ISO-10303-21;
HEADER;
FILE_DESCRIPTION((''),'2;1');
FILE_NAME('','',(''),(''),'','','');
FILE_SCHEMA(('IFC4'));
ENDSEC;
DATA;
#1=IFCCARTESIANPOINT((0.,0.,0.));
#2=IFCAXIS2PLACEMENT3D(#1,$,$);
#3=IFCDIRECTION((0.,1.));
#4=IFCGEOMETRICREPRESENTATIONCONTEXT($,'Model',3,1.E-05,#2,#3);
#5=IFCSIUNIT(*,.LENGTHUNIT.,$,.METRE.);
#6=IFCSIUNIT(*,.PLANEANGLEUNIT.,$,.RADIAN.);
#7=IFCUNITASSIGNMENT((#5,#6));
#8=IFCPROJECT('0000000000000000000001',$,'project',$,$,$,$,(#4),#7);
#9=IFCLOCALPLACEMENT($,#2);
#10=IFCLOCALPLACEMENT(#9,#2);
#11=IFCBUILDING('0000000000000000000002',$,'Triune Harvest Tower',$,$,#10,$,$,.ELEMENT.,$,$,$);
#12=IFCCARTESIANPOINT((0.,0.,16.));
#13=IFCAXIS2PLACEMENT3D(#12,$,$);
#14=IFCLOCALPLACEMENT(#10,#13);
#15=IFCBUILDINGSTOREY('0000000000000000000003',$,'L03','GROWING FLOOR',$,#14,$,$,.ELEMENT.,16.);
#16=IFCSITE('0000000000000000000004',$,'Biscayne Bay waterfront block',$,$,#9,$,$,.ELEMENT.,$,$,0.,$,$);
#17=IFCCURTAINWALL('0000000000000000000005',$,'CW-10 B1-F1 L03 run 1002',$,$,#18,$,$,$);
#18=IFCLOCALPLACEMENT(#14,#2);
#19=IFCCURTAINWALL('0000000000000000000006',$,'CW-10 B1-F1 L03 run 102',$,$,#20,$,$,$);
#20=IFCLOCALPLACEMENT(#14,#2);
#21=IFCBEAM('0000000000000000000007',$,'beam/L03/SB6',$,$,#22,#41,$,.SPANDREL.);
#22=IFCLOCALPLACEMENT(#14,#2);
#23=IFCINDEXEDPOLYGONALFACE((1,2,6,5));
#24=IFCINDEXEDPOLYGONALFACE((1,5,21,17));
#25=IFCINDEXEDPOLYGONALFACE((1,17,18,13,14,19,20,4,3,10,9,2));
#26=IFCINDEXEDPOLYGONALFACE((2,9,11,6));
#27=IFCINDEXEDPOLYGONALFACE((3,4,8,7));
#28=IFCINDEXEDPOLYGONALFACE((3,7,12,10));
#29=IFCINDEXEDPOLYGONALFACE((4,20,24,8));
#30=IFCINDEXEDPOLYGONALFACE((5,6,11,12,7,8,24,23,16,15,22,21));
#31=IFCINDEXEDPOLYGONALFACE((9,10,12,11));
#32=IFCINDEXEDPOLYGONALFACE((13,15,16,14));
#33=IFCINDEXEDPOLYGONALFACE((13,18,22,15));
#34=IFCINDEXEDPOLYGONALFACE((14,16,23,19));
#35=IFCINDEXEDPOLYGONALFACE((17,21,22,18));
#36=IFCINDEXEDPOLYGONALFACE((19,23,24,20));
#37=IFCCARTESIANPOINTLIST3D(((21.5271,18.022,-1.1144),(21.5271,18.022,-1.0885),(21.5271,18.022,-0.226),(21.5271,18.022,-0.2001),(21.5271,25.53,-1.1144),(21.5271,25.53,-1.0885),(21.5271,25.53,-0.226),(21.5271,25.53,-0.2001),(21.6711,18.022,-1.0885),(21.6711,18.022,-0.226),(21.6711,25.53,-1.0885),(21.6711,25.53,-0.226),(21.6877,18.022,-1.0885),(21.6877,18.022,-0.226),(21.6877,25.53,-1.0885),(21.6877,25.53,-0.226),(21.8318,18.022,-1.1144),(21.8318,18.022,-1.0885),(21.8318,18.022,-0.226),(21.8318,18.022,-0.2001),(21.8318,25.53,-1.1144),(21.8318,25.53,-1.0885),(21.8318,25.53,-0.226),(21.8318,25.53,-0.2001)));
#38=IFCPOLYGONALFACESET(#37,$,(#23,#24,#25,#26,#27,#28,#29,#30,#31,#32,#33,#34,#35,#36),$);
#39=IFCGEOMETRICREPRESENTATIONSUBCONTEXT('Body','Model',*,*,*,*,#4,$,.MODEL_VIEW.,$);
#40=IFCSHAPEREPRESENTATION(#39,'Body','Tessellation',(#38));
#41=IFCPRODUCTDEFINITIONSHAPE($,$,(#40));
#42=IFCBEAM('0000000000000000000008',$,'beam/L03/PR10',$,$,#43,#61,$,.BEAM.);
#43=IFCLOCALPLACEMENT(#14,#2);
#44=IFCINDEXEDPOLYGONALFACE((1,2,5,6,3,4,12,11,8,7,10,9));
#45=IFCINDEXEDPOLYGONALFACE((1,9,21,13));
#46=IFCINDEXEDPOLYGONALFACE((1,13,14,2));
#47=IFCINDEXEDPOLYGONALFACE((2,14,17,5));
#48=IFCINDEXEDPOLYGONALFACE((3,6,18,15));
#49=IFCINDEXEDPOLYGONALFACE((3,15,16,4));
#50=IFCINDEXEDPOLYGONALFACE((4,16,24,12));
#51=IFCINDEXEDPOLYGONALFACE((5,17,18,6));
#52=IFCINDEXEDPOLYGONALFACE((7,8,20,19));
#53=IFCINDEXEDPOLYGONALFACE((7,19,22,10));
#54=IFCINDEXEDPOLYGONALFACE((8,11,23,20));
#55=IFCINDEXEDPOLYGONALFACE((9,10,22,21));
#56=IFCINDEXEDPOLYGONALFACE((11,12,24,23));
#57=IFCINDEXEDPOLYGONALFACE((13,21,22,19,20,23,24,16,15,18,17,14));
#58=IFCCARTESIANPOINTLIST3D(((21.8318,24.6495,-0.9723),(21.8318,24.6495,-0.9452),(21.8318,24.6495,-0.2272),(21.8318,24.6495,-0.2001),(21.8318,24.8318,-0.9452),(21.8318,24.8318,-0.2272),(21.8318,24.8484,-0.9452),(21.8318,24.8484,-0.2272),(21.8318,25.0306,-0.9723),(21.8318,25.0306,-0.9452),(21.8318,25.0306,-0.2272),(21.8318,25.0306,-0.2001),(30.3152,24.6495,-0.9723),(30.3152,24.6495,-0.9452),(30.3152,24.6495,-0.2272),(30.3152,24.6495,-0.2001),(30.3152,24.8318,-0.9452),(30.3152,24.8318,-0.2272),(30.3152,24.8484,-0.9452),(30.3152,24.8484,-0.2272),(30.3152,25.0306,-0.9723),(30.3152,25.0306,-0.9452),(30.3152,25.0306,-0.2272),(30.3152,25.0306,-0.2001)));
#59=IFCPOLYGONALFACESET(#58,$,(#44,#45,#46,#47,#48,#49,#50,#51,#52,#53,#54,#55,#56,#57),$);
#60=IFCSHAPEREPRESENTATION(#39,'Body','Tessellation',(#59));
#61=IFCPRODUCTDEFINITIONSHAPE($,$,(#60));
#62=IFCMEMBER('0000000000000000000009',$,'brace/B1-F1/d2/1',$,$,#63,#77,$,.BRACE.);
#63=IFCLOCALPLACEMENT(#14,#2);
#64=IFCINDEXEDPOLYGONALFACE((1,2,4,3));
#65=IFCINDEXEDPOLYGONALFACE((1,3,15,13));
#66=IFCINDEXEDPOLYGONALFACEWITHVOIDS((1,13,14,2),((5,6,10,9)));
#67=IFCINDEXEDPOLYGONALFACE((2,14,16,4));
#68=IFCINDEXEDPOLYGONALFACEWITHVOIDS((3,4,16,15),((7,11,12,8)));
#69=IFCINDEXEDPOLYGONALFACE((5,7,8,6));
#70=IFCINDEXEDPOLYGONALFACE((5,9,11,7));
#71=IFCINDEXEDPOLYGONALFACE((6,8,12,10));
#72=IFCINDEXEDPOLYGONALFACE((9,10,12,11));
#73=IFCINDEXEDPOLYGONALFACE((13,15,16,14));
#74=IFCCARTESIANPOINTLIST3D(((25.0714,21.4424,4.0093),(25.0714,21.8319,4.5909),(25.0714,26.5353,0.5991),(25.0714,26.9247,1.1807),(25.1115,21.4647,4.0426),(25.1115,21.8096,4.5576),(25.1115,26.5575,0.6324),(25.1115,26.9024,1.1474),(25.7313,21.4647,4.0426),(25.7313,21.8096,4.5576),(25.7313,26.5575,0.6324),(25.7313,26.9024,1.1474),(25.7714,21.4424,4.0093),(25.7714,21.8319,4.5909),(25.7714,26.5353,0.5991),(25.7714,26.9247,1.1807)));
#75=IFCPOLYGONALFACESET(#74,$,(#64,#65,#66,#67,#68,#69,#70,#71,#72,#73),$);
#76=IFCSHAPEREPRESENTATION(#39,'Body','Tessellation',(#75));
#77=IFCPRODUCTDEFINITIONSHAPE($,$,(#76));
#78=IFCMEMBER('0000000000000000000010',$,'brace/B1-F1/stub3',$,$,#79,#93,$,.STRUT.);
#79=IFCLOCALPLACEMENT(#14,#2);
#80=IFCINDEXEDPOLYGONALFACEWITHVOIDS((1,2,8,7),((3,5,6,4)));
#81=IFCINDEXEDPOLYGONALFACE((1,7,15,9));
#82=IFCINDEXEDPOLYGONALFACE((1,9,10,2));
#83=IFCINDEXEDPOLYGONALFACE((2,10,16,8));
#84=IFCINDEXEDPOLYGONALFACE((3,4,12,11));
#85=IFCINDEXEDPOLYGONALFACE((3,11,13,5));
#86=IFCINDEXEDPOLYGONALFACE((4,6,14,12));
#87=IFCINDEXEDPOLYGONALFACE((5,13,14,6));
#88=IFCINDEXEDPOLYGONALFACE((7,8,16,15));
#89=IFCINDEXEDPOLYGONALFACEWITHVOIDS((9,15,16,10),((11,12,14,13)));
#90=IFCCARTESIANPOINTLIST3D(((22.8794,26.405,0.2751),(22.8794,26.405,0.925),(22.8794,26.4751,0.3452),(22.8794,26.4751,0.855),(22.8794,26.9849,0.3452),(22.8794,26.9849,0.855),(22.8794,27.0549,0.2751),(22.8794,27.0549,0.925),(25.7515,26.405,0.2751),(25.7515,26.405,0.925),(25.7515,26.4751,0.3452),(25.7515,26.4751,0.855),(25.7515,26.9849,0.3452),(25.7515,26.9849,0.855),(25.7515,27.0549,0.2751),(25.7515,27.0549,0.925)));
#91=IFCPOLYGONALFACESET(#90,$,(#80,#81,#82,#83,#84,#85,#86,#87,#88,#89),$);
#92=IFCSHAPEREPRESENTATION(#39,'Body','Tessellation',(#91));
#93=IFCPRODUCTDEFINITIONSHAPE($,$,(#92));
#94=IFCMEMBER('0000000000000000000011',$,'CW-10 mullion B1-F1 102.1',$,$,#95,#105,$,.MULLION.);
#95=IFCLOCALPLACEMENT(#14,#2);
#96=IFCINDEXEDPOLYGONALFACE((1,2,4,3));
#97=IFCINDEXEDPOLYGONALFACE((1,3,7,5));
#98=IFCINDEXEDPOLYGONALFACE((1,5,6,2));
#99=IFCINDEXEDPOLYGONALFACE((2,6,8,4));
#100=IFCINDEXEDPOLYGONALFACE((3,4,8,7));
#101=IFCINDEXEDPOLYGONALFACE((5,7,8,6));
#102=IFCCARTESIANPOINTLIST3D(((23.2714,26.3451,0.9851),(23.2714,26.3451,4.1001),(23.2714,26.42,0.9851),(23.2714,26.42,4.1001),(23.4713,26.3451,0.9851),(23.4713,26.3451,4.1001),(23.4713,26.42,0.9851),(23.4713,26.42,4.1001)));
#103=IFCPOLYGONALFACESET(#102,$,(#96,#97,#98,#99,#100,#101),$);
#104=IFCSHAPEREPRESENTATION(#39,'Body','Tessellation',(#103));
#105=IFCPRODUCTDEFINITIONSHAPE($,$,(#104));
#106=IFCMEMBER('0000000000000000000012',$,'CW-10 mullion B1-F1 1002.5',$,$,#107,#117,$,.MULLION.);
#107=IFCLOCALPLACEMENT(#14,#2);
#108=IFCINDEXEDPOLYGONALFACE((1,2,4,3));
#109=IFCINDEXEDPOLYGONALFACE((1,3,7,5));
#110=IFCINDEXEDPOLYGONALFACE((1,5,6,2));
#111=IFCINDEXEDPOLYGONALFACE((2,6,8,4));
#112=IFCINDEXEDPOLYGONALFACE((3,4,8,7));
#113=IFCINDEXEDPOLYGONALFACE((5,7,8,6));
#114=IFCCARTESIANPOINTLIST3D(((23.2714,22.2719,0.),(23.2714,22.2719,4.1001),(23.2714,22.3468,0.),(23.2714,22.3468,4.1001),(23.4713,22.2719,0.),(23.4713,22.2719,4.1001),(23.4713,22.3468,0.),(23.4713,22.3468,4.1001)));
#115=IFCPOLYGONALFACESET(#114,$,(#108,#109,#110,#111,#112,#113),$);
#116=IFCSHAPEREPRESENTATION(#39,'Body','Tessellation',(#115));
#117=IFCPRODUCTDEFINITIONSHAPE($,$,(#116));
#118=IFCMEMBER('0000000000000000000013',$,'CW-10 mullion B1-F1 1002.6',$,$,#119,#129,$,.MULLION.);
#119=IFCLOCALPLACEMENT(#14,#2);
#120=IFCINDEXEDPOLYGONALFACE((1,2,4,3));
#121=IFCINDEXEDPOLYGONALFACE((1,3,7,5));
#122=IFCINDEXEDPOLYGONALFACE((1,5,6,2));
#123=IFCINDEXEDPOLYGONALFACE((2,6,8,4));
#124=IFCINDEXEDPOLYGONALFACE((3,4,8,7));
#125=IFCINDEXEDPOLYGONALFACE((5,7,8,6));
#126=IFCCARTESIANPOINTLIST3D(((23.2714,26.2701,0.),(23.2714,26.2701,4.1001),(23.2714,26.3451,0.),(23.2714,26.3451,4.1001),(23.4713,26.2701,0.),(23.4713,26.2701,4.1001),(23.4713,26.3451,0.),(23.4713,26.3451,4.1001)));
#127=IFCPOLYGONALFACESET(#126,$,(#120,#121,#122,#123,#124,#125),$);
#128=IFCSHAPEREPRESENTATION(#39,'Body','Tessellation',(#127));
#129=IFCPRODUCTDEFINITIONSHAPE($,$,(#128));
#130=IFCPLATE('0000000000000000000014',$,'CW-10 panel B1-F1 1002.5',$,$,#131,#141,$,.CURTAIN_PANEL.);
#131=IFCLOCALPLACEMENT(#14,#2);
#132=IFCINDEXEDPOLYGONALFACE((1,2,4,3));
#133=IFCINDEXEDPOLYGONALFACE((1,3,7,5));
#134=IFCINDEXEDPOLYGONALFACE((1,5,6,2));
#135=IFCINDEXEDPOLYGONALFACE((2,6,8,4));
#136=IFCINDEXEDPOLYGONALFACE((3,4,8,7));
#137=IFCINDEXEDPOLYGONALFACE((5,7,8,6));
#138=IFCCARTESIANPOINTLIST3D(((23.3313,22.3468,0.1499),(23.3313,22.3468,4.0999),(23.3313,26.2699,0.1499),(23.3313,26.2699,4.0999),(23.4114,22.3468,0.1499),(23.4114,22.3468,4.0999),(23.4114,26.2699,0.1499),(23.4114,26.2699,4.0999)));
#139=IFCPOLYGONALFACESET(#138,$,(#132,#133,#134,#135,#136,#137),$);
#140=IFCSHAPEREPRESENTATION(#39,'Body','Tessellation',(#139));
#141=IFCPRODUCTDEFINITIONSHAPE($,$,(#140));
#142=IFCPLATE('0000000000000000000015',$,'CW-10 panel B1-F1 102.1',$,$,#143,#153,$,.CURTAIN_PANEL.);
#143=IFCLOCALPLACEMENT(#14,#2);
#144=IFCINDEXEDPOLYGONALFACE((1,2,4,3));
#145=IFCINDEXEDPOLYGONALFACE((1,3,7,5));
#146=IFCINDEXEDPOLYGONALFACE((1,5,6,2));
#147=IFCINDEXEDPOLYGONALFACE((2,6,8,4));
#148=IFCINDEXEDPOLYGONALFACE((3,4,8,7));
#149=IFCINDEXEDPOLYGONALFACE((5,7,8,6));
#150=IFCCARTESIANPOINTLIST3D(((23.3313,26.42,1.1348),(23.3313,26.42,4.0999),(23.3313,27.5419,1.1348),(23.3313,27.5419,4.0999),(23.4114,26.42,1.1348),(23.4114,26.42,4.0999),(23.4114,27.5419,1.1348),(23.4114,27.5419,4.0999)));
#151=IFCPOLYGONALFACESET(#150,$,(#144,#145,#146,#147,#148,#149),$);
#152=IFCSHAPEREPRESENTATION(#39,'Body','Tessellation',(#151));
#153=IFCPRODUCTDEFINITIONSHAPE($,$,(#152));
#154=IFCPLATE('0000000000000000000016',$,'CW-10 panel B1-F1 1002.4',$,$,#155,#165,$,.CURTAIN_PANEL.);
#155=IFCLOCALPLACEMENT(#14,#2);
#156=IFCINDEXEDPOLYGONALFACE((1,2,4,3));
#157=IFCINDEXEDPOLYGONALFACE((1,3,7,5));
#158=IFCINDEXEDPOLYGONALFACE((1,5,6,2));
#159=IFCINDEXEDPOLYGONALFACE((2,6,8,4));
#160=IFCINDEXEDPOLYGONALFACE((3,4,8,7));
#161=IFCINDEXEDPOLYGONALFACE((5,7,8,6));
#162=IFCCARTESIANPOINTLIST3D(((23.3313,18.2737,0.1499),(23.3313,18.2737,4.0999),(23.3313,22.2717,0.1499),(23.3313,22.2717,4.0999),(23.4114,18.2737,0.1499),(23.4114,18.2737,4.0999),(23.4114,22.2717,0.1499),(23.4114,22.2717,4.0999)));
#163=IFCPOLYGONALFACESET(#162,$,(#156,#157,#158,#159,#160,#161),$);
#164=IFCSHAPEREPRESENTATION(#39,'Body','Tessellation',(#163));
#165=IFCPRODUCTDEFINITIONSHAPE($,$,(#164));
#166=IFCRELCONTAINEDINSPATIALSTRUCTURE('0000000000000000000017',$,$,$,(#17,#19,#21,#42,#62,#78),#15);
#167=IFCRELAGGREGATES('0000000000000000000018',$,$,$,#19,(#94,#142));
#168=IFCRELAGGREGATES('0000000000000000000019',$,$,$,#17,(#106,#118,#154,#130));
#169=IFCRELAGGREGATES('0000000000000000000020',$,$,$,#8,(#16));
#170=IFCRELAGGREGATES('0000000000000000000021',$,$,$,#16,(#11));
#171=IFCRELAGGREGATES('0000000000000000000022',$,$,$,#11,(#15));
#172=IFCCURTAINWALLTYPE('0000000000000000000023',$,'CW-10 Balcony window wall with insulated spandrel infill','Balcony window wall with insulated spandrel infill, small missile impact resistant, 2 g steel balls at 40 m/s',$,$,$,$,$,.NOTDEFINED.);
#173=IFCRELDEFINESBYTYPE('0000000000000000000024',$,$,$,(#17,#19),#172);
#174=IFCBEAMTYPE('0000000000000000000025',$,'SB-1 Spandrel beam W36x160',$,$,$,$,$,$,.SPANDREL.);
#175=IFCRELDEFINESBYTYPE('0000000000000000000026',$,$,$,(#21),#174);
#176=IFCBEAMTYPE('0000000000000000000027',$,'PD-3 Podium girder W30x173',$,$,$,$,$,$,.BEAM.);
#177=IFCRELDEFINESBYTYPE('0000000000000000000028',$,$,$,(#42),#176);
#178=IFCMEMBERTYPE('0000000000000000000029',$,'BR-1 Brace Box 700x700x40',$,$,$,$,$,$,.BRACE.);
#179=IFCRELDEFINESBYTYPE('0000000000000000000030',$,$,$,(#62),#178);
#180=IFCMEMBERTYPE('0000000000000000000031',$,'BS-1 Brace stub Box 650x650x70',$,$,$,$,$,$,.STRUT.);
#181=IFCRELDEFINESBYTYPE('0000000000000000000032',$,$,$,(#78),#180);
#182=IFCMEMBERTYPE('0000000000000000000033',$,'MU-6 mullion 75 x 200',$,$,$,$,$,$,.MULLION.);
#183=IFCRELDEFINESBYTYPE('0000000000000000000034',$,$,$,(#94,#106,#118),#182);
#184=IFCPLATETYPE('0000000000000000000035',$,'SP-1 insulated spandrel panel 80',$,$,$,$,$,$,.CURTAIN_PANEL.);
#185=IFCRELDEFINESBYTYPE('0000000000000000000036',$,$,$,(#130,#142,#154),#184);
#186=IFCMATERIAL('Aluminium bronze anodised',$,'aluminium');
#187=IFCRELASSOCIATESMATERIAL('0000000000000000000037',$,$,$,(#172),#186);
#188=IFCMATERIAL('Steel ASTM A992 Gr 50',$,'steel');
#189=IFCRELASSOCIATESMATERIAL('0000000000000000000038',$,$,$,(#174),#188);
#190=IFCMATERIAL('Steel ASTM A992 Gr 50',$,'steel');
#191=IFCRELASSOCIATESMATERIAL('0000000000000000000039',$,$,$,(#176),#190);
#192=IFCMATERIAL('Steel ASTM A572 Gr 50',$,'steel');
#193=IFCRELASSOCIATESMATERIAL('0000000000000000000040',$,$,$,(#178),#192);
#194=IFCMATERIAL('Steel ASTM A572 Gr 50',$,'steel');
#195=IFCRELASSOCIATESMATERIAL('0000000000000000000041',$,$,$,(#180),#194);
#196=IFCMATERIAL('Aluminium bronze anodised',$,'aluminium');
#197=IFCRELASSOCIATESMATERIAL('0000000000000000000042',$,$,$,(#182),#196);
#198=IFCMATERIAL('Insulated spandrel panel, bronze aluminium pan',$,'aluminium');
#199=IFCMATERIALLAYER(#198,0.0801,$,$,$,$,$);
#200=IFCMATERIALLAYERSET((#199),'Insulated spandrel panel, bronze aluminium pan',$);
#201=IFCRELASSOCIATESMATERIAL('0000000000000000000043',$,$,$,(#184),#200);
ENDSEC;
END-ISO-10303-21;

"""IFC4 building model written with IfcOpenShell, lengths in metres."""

from ifc_helpers import new_model, si_unit, direction, frame, origin, origin_2d, place, context, subcontext, project, spatial, rectangle, hollow_rectangle, i_section, extrude, source, transform, mapped, material, layer, layer_set, material_profile, profile_set, type_object, element, aggregate, save


model = new_model("IFC4")

# Units and contexts
model_context = context("Model", 3, precision=1e-05, world=origin(), true_north=direction((0.0, 1.0)))
body_context = subcontext(model_context, "Body", "Model", "MODEL_VIEW")
ifc_project = project(units=[si_unit("LENGTHUNIT", "METRE"), si_unit("PLANEANGLEUNIT", "RADIAN")], contexts=[model_context])

# Site, building, storey
site_placement = place(None, origin())
site = spatial("IfcSite", under=ifc_project, at=site_placement, Name="Biscayne Bay waterfront block", CompositionType="ELEMENT", RefElevation=0.0)
building_placement = place(site_placement, origin())
building = spatial("IfcBuilding", under=site, at=building_placement, Name="Triune Harvest Tower", CompositionType="ELEMENT")
storey_placement = place(building_placement, frame((0.0, 0.0, 16.0)))
storey = spatial("IfcBuildingStorey", under=building, at=storey_placement, Name="L03", Description="GROWING FLOOR", CompositionType="ELEMENT", Elevation=16.0)

# Curtain walls
ifc_material_1 = material(Name="Aluminium bronze anodised", Category="aluminium")
curtain_wall_type = type_object("IfcCurtainWallType", Name="CW-10 Balcony window wall with insulated spandrel infill", Description="Balcony window wall with insulated spandrel infill, small missile impact resistant, 2 g steel balls at 40 m/s", PredefinedType="NOTDEFINED", material=ifc_material_1)
curtain_wall_1_placement = place(storey_placement, origin())
curtain_wall_1 = element("IfcCurtainWall", 1, at=curtain_wall_1_placement, inside=storey, type_object=curtain_wall_type, Name="CW-10 B1-F1 L03 run 1002")
curtain_wall_2_placement = place(storey_placement, origin())
curtain_wall_2 = element("IfcCurtainWall", 2, at=curtain_wall_2_placement, inside=storey, type_object=curtain_wall_type, Name="CW-10 B1-F1 L03 run 102")

# Beams
ifc_material_2 = material(Name="Steel ASTM A992 Gr 50", Category="steel")
ifc_material_profile_1 = material_profile(ifc_material_2, i_section(OverallWidth=0.3047, OverallDepth=0.9143, WebThickness=0.0166, FlangeThickness=0.0259, at=origin_2d()), Name="W36x160")
ifc_profile_set_1 = profile_set([ifc_material_profile_1], Name="Steel ASTM A992 Gr 50")
beam_type_1 = type_object("IfcBeamType", Name="SB-1 Spandrel beam W36x160", PredefinedType="SPANDREL", material=ifc_profile_set_1)
shared_shape_1 = source(origin(), body_context, "Body", "SweptSolid", [
    extrude(i_section(OverallWidth=0.3047, OverallDepth=0.9143, WebThickness=0.0166, FlangeThickness=0.0259, at=origin_2d()), origin(), (0.0, 0.0, 1.0), 7.5081),
])
beam_1_placement = place(storey_placement, frame((21.6794, 18.022, -0.6572), z_axis=(0.0, 1.0, 0.0), x_axis=(-1.0, 0.0, 0.0)))
element("IfcBeam", 3, at=beam_1_placement, inside=storey, type_object=beam_type_1, Name="beam/L03/SB6", PredefinedType="SPANDREL", context=body_context, shape_type="MappedRepresentation", body=[
    mapped(shared_shape_1, transform((0.0, 0.0, 0.0), scale=1.0)),
])
ifc_material_3 = material(Name="Steel ASTM A992 Gr 50", Category="steel")
ifc_material_profile_2 = material_profile(ifc_material_3, i_section(OverallWidth=0.3811, OverallDepth=0.7722, WebThickness=0.0166, FlangeThickness=0.0271, at=origin_2d()), Name="W30x173")
ifc_profile_set_2 = profile_set([ifc_material_profile_2], Name="Steel ASTM A992 Gr 50")
beam_type_2 = type_object("IfcBeamType", Name="PD-3 Podium girder W30x173", PredefinedType="BEAM", material=ifc_profile_set_2)
shared_shape_2 = source(origin(), body_context, "Body", "SweptSolid", [
    extrude(i_section(OverallWidth=0.3811, OverallDepth=0.7722, WebThickness=0.0166, FlangeThickness=0.0271, at=origin_2d()), origin(), (0.0, 0.0, 1.0), 8.4834),
])
beam_2_placement = place(storey_placement, frame((30.3152, 24.8401, -0.5862), z_axis=(-1.0, 0.0, 0.0), x_axis=(0.0, -1.0, 0.0)))
element("IfcBeam", 4, at=beam_2_placement, inside=storey, type_object=beam_type_2, Name="beam/L03/PR10", PredefinedType="BEAM", context=body_context, shape_type="MappedRepresentation", body=[
    mapped(shared_shape_2, transform((0.0, 0.0, 0.0), scale=1.0)),
])

# Members
ifc_material_4 = material(Name="Steel ASTM A572 Gr 50", Category="steel")
ifc_material_profile_3 = material_profile(ifc_material_4, hollow_rectangle(XDim=0.7, YDim=0.7, WallThickness=0.04, at=origin_2d()), Name="Box 700x700x40")
ifc_profile_set_3 = profile_set([ifc_material_profile_3], Name="Steel ASTM A572 Gr 50")
member_type_1 = type_object("IfcMemberType", Name="BR-1 Brace Box 700x700x40", PredefinedType="BRACE", material=ifc_profile_set_3)
shared_shape_3 = source(origin(), body_context, "Body", "SweptSolid", [
    extrude(hollow_rectangle(XDim=0.7, YDim=0.7, WallThickness=0.04, at=origin_2d()), origin(), (0.0, 0.0, 1.0), 6.1292),
])
member_1_placement = place(storey_placement, frame((25.4214, 26.73, 0.8899), z_axis=(0.0, -0.830921, 0.55639), x_axis=(1.0, 0.0, 0.0)))
element("IfcMember", 5, at=member_1_placement, inside=storey, type_object=member_type_1, Name="brace/B1-F1/d2/1", PredefinedType="BRACE", context=body_context, shape_type="MappedRepresentation", body=[
    mapped(shared_shape_3, transform((0.0, 0.0, 0.0), scale=1.0)),
])
ifc_material_5 = material(Name="Steel ASTM A572 Gr 50", Category="steel")
ifc_material_profile_4 = material_profile(ifc_material_5, hollow_rectangle(XDim=0.6499, YDim=0.6499, WallThickness=0.0701, at=origin_2d()), Name="Box 650x650x70")
ifc_profile_set_4 = profile_set([ifc_material_profile_4], Name="Steel ASTM A572 Gr 50")
member_type_2 = type_object("IfcMemberType", Name="BS-1 Brace stub Box 650x650x70", PredefinedType="STRUT", material=ifc_profile_set_4)
shared_shape_4 = source(origin(), body_context, "Body", "SweptSolid", [
    extrude(hollow_rectangle(XDim=0.6499, YDim=0.6499, WallThickness=0.0701, at=origin_2d()), origin(), (0.0, 0.0, 1.0), 2.8721),
])
member_2_placement = place(storey_placement, frame((22.8794, 26.73, 0.6001), z_axis=(1.0, 0.0, 0.0), x_axis=(0.0, 1.0, 0.0)))
element("IfcMember", 6, at=member_2_placement, inside=storey, type_object=member_type_2, Name="brace/B1-F1/stub3", PredefinedType="STRUT", context=body_context, shape_type="MappedRepresentation", body=[
    mapped(shared_shape_4, transform((0.0, 0.0, 0.0), scale=1.0)),
])

# Members
ifc_material_6 = material(Name="Aluminium bronze anodised", Category="aluminium")
ifc_material_profile_5 = material_profile(ifc_material_6, rectangle(XDim=0.2, YDim=0.075, at=origin_2d()), Name="MU-6 mullion 75 x 200")
ifc_profile_set_5 = profile_set([ifc_material_profile_5], Name="Aluminium bronze anodised")
member_type_3 = type_object("IfcMemberType", Name="MU-6 mullion 75 x 200", PredefinedType="MULLION", material=ifc_profile_set_5)
shared_shape_5 = source(origin(), body_context, "Body", "SweptSolid", [
    extrude(rectangle(XDim=0.2, YDim=0.075, at=origin_2d()), origin(), (0.0, 0.0, 1.0), 3.115),
])
member_3_placement = place(storey_placement, frame((23.3713, 26.3826, 0.9851), z_axis=(0.0, 0.0, 1.0), x_axis=(-1.0, 0.0, 0.0)))
member_3 = element("IfcMember", 7, at=member_3_placement, type_object=member_type_3, Name="CW-10 mullion B1-F1 102.1", PredefinedType="MULLION", context=body_context, shape_type="MappedRepresentation", body=[
    mapped(shared_shape_5, transform((0.0, 0.0, 0.0), scale=1.0)),
])
shared_shape_6 = source(origin(), body_context, "Body", "SweptSolid", [
    extrude(rectangle(XDim=0.2, YDim=0.075, at=origin_2d()), origin(), (0.0, 0.0, 1.0), 4.1001),
])
member_4_placement = place(storey_placement, frame((23.3713, 22.3093, 0.0), z_axis=(0.0, 0.0, 1.0), x_axis=(-1.0, 0.0, 0.0)))
member_4 = element("IfcMember", 8, at=member_4_placement, type_object=member_type_3, Name="CW-10 mullion B1-F1 1002.5", PredefinedType="MULLION", context=body_context, shape_type="MappedRepresentation", body=[
    mapped(shared_shape_6, transform((0.0, 0.0, 0.0), scale=1.0)),
])
member_5_placement = place(storey_placement, frame((23.3713, 26.3076, 0.0), z_axis=(0.0, 0.0, 1.0), x_axis=(-1.0, 0.0, 0.0)))
member_5 = element("IfcMember", 9, at=member_5_placement, type_object=member_type_3, Name="CW-10 mullion B1-F1 1002.6", PredefinedType="MULLION", context=body_context, shape_type="MappedRepresentation", body=[
    mapped(shared_shape_6, transform((0.0, 0.0, 0.0), scale=1.0)),
])

# Plates
ifc_material_7 = material(Name="Insulated spandrel panel, bronze aluminium pan", Category="aluminium")
ifc_layer = layer(ifc_material_7, 0.0801)
ifc_layer_set = layer_set([ifc_layer], Name="Insulated spandrel panel, bronze aluminium pan")
plate_type = type_object("IfcPlateType", Name="SP-1 insulated spandrel panel 80", PredefinedType="CURTAIN_PANEL", material=ifc_layer_set)
plate_1_placement = place(storey_placement, frame((23.3713, 24.3083, 0.1499), z_axis=(0.0, 0.0, 1.0), x_axis=(0.0, 1.0, 0.0)))
plate_1 = element("IfcPlate", 10, at=plate_1_placement, type_object=plate_type, Name="CW-10 panel B1-F1 1002.5", PredefinedType="CURTAIN_PANEL", context=body_context, shape_type="SweptSolid", body=[
    extrude(rectangle(XDim=3.9231, YDim=0.0801, at=origin_2d()), origin(), (0.0, 0.0, 1.0), 3.95),
])
plate_2_placement = place(storey_placement, frame((23.3713, 26.981, 1.1348), z_axis=(0.0, 0.0, 1.0), x_axis=(0.0, 1.0, 0.0)))
plate_2 = element("IfcPlate", 11, at=plate_2_placement, type_object=plate_type, Name="CW-10 panel B1-F1 102.1", PredefinedType="CURTAIN_PANEL", context=body_context, shape_type="SweptSolid", body=[
    extrude(rectangle(XDim=1.1218, YDim=0.0801, at=origin_2d()), origin(), (0.0, 0.0, 1.0), 2.9651),
])
aggregate(curtain_wall_2, [member_3, plate_2])
shared_shape_7 = source(origin(), body_context, "Body", "SweptSolid", [
    extrude(rectangle(XDim=3.998, YDim=0.0801, at=origin_2d()), origin(), (0.0, 0.0, 1.0), 3.95),
])
plate_3_placement = place(storey_placement, frame((23.3713, 20.2727, 0.1499), z_axis=(0.0, 0.0, 1.0), x_axis=(0.0, 1.0, 0.0)))
plate_3 = element("IfcPlate", 12, at=plate_3_placement, type_object=plate_type, Name="CW-10 panel B1-F1 1002.4", PredefinedType="CURTAIN_PANEL", context=body_context, shape_type="MappedRepresentation", body=[
    mapped(shared_shape_7, transform((0.0, 0.0, 0.0), scale=1.0)),
])
aggregate(curtain_wall_1, [member_4, member_5, plate_3, plate_1])

save(model, "model.ifc")
